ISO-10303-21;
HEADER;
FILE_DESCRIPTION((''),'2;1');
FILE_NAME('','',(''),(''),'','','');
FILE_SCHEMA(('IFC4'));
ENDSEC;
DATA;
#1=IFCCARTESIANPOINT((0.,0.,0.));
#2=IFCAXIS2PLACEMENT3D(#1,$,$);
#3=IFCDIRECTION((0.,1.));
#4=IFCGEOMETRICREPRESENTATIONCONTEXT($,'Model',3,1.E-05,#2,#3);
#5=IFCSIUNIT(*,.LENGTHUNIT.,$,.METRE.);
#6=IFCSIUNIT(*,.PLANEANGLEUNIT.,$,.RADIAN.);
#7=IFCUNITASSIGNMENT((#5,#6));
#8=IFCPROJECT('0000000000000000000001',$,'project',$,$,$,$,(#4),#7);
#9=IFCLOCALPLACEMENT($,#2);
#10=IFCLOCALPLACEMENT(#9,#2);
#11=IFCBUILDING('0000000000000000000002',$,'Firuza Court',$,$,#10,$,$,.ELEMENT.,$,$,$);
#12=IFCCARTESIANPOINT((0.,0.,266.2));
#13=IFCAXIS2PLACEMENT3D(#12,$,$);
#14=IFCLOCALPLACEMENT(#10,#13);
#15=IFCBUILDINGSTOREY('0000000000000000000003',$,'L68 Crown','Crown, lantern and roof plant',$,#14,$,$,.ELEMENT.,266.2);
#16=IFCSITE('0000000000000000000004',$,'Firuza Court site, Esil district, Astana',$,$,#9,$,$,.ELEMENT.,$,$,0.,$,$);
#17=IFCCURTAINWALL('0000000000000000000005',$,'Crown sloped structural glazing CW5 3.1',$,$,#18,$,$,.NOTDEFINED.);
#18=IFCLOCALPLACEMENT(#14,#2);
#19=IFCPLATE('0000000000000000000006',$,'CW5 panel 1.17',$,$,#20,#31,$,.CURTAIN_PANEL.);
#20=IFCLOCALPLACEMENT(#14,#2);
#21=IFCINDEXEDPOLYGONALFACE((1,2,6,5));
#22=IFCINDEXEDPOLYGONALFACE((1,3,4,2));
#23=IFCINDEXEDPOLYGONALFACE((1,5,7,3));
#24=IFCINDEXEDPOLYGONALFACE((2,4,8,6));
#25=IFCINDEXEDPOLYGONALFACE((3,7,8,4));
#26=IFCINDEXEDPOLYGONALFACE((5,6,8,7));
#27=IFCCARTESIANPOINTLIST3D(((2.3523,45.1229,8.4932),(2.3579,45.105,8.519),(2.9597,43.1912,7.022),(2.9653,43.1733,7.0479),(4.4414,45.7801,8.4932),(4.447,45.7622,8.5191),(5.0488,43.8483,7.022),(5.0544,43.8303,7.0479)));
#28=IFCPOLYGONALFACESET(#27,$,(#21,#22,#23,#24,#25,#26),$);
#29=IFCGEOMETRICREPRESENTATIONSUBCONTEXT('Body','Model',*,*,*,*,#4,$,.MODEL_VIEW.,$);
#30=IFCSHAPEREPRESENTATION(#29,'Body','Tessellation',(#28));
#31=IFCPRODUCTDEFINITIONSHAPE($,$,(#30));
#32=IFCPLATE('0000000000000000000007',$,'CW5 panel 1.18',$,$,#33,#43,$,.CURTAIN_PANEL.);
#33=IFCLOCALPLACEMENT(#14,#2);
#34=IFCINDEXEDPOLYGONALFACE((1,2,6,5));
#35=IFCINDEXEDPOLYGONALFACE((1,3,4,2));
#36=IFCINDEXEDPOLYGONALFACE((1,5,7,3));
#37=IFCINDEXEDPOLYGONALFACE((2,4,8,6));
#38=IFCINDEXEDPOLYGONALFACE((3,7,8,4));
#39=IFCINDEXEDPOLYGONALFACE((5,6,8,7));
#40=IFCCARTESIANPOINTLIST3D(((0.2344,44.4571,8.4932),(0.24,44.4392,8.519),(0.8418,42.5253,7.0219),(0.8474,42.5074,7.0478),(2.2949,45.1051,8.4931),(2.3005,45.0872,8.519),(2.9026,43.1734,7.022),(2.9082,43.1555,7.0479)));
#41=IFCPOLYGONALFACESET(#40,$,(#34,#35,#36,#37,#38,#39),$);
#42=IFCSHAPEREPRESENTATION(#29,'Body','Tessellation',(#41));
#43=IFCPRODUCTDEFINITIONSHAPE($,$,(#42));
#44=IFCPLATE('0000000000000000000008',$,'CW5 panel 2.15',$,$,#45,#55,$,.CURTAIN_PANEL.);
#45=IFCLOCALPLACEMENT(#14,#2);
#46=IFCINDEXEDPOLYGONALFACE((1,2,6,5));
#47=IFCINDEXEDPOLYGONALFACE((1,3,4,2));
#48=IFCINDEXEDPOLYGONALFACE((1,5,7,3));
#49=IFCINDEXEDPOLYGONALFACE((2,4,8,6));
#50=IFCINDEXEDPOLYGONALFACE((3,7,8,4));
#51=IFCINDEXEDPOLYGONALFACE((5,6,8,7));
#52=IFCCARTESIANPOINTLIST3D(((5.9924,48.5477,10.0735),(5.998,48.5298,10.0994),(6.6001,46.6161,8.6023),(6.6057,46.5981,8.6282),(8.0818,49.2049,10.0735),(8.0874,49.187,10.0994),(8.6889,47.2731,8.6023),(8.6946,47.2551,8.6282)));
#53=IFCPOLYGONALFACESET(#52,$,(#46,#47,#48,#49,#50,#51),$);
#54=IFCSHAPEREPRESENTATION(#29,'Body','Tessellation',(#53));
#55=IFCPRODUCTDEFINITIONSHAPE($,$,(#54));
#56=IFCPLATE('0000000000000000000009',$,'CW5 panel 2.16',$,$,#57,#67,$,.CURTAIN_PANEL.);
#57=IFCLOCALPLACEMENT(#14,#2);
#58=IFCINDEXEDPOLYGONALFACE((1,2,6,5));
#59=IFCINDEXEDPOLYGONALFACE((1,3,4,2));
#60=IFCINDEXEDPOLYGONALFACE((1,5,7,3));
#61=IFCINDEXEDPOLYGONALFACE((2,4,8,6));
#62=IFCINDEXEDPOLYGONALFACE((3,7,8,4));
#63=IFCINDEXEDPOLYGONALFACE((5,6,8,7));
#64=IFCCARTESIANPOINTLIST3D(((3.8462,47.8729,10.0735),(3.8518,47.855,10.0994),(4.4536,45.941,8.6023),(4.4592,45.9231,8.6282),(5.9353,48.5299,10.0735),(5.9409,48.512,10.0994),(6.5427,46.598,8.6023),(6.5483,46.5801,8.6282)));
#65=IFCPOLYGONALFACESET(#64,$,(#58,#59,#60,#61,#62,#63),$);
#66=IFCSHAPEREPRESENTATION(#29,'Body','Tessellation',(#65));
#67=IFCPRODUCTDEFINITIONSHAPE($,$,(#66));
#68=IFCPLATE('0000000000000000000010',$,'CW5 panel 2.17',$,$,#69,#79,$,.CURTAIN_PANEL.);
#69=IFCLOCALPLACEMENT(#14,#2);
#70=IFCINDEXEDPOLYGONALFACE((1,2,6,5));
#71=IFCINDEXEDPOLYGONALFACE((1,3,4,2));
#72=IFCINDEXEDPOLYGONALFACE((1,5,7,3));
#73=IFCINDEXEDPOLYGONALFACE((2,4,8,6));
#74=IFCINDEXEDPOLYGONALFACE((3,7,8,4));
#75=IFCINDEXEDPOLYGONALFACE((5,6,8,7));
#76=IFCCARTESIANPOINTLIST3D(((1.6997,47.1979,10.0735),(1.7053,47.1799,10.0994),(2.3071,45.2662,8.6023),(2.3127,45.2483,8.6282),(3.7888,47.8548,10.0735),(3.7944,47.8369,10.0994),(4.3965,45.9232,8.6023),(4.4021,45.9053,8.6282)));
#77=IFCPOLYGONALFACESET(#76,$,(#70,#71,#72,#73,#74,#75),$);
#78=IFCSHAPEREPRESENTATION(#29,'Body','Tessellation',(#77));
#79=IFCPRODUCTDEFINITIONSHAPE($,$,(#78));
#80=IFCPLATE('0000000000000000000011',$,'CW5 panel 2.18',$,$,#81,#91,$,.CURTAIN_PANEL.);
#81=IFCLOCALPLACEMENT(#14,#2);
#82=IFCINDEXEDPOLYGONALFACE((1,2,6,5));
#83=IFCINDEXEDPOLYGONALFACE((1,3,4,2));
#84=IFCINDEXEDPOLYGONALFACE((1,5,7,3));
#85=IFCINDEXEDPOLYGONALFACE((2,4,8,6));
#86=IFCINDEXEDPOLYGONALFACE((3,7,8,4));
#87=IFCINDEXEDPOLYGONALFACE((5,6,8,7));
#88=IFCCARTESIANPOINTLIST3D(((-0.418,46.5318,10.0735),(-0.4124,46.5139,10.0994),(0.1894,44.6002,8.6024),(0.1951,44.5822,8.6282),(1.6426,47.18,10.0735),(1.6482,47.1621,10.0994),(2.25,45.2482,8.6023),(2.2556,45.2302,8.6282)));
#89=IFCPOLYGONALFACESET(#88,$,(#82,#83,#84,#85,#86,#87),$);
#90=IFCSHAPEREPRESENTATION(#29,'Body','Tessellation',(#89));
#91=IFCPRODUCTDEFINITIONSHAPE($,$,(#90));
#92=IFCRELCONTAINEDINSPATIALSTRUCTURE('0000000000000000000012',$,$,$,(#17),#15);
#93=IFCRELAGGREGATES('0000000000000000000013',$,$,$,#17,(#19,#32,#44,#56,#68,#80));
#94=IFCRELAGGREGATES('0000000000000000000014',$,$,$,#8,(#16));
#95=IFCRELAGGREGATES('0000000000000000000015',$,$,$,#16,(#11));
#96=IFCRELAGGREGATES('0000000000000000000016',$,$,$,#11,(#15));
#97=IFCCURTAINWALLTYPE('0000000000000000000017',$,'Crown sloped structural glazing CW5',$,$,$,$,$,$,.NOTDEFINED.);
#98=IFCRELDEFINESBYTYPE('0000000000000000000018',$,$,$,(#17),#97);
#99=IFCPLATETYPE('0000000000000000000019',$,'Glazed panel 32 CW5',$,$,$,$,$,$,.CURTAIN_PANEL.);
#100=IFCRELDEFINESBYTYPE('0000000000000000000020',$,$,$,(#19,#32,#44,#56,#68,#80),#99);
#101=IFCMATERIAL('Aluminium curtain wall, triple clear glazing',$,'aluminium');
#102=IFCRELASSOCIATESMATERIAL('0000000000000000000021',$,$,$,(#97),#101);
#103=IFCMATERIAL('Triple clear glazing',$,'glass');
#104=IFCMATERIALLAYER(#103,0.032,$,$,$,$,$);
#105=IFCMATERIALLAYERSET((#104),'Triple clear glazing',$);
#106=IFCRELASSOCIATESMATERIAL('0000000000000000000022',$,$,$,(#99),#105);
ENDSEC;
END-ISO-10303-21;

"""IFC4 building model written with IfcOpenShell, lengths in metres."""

from ifc_helpers import new_model, si_unit, direction, frame, origin, place, context, subcontext, project, spatial, polyline, outline, extrude, material, layer, layer_set, type_object, element, aggregate, save


model = new_model("IFC4")

# Units and contexts
model_context = context("Model", 3, precision=1e-05, world=origin(), true_north=direction((0.0, 1.0)))
body_context = subcontext(model_context, "Body", "Model", "MODEL_VIEW")
ifc_project = project(units=[si_unit("LENGTHUNIT", "METRE"), si_unit("PLANEANGLEUNIT", "RADIAN")], contexts=[model_context])

# Site, building, storey
site_placement = place(None, origin())
site = spatial("IfcSite", under=ifc_project, at=site_placement, Name="Firuza Court site, Esil district, Astana", CompositionType="ELEMENT", RefElevation=0.0)
building_placement = place(site_placement, origin())
building = spatial("IfcBuilding", under=site, at=building_placement, Name="Firuza Court", CompositionType="ELEMENT")
storey_placement = place(building_placement, frame((0.0, 0.0, 266.2)))
storey = spatial("IfcBuildingStorey", under=building, at=storey_placement, Name="L68 Crown", Description="Crown, lantern and roof plant", CompositionType="ELEMENT", Elevation=266.2)

# Curtain wall
ifc_material_1 = material(Name="Aluminium curtain wall, triple clear glazing", Category="aluminium")
curtain_wall_type = type_object("IfcCurtainWallType", Name="Crown sloped structural glazing CW5", PredefinedType="NOTDEFINED", material=ifc_material_1)
curtain_wall_1_placement = place(storey_placement, origin())
curtain_wall_1 = element("IfcCurtainWall", 1, at=curtain_wall_1_placement, inside=storey, type_object=curtain_wall_type, Name="Crown sloped structural glazing CW5 3.1", PredefinedType="NOTDEFINED")

# Plates
ifc_material_2 = material(Name="Triple clear glazing", Category="glass")
ifc_layer_1 = layer(ifc_material_2, 0.032)
ifc_layer_set_1 = layer_set([ifc_layer_1], Name="Triple clear glazing")
plate_type = type_object("IfcPlateType", Name="Glazed panel 32 CW5", PredefinedType="CURTAIN_PANEL", material=ifc_layer_set_1)
plate_1_placement = place(storey_placement, frame((5.0544, 43.8303, 7.0479), z_axis=(0.176357, -0.560687, 0.809029), x_axis=(-0.953935, -0.300012, 0.000025)))
plate_1 = element("IfcPlate", 2, at=plate_1_placement, type_object=plate_type, Name="CW5 panel 1.17", PredefinedType="CURTAIN_PANEL", context=body_context, shape_type="SweptSolid", body=[
    extrude(outline(polyline([(0.0, 0.0), (2.19, 0.0), (2.1899, -2.5029), (-0.0001, -2.5031), (0.0, 0.0)])), origin(), (0.0, 0.0, -1.0), 0.032),
])
plate_2_placement = place(storey_placement, frame((2.9082, 43.1555, 7.0479), z_axis=(0.176334, -0.560687, 0.809034), x_axis=(-0.953929, -0.300032, -0.000018)))
plate_2 = element("IfcPlate", 3, at=plate_2_placement, type_object=plate_type, Name="CW5 panel 1.18", PredefinedType="CURTAIN_PANEL", context=body_context, shape_type="SweptSolid", body=[
    extrude(outline(polyline([(0.0, 0.0), (2.1603, 0.0), (2.1601, -2.5031), (0.0001, -2.503), (0.0, 0.0)])), origin(), (0.0, 0.0, -1.0), 0.032),
])
plate_3_placement = place(storey_placement, frame((8.6946, 47.2551, 8.6282), z_axis=(0.176357, -0.560687, 0.809029), x_axis=(-0.953929, -0.300033, 0.000009)))
plate_3 = element("IfcPlate", 4, at=plate_3_placement, type_object=plate_type, Name="CW5 panel 2.15", PredefinedType="CURTAIN_PANEL", context=body_context, shape_type="SweptSolid", body=[
    extrude(outline(polyline([(0.0, 0.0), (2.1897, 0.0), (2.1899, -2.503), (-0.0004, -2.503), (0.0, 0.0)])), origin(), (0.0, 0.0, -1.0), 0.032),
])
plate_4_placement = place(storey_placement, frame((6.5483, 46.5801, 8.6282), z_axis=(0.176321, -0.560675, 0.809045), x_axis=(-0.953941, -0.299995, 0.0)))
plate_4 = element("IfcPlate", 5, at=plate_4_placement, type_object=plate_type, Name="CW5 panel 2.16", PredefinedType="CURTAIN_PANEL", context=body_context, shape_type="SweptSolid", body=[
    extrude(outline(polyline([(0.0, 0.0), (2.19, 0.0), (2.1899, -2.5031), (-0.0001, -2.5031), (0.0, 0.0)])), origin(), (0.0, 0.0, -1.0), 0.032),
])
plate_5_placement = place(storey_placement, frame((4.4021, 45.9053, 8.6282), z_axis=(0.176323, -0.560714, 0.809018), x_axis=(-0.953949, -0.299968, 0.000008)))
plate_5 = element("IfcPlate", 6, at=plate_5_placement, type_object=plate_type, Name="CW5 panel 2.17", PredefinedType="CURTAIN_PANEL", context=body_context, shape_type="SweptSolid", body=[
    extrude(outline(polyline([(0.0, 0.0), (2.1902, 0.0), (2.1902, -2.5029), (0.0003, -2.503), (0.0, 0.0)])), origin(), (0.0, 0.0, -1.0), 0.032),
])
plate_6_placement = place(storey_placement, frame((2.2556, 45.2302, 8.6282), z_axis=(0.176345, -0.560691, 0.809029), x_axis=(-0.953942, -0.299991, 0.000026)))
plate_6 = element("IfcPlate", 7, at=plate_6_placement, type_object=plate_type, Name="CW5 panel 2.18", PredefinedType="CURTAIN_PANEL", context=body_context, shape_type="SweptSolid", body=[
    extrude(outline(polyline([(0.0, 0.0), (2.16, 0.0), (2.16, -2.5029), (-0.0001, -2.5031), (0.0, 0.0)])), origin(), (0.0, 0.0, -1.0), 0.032),
])
aggregate(curtain_wall_1, [plate_1, plate_2, plate_3, plate_4, plate_5, plate_6])

save(model, "model.ifc")
